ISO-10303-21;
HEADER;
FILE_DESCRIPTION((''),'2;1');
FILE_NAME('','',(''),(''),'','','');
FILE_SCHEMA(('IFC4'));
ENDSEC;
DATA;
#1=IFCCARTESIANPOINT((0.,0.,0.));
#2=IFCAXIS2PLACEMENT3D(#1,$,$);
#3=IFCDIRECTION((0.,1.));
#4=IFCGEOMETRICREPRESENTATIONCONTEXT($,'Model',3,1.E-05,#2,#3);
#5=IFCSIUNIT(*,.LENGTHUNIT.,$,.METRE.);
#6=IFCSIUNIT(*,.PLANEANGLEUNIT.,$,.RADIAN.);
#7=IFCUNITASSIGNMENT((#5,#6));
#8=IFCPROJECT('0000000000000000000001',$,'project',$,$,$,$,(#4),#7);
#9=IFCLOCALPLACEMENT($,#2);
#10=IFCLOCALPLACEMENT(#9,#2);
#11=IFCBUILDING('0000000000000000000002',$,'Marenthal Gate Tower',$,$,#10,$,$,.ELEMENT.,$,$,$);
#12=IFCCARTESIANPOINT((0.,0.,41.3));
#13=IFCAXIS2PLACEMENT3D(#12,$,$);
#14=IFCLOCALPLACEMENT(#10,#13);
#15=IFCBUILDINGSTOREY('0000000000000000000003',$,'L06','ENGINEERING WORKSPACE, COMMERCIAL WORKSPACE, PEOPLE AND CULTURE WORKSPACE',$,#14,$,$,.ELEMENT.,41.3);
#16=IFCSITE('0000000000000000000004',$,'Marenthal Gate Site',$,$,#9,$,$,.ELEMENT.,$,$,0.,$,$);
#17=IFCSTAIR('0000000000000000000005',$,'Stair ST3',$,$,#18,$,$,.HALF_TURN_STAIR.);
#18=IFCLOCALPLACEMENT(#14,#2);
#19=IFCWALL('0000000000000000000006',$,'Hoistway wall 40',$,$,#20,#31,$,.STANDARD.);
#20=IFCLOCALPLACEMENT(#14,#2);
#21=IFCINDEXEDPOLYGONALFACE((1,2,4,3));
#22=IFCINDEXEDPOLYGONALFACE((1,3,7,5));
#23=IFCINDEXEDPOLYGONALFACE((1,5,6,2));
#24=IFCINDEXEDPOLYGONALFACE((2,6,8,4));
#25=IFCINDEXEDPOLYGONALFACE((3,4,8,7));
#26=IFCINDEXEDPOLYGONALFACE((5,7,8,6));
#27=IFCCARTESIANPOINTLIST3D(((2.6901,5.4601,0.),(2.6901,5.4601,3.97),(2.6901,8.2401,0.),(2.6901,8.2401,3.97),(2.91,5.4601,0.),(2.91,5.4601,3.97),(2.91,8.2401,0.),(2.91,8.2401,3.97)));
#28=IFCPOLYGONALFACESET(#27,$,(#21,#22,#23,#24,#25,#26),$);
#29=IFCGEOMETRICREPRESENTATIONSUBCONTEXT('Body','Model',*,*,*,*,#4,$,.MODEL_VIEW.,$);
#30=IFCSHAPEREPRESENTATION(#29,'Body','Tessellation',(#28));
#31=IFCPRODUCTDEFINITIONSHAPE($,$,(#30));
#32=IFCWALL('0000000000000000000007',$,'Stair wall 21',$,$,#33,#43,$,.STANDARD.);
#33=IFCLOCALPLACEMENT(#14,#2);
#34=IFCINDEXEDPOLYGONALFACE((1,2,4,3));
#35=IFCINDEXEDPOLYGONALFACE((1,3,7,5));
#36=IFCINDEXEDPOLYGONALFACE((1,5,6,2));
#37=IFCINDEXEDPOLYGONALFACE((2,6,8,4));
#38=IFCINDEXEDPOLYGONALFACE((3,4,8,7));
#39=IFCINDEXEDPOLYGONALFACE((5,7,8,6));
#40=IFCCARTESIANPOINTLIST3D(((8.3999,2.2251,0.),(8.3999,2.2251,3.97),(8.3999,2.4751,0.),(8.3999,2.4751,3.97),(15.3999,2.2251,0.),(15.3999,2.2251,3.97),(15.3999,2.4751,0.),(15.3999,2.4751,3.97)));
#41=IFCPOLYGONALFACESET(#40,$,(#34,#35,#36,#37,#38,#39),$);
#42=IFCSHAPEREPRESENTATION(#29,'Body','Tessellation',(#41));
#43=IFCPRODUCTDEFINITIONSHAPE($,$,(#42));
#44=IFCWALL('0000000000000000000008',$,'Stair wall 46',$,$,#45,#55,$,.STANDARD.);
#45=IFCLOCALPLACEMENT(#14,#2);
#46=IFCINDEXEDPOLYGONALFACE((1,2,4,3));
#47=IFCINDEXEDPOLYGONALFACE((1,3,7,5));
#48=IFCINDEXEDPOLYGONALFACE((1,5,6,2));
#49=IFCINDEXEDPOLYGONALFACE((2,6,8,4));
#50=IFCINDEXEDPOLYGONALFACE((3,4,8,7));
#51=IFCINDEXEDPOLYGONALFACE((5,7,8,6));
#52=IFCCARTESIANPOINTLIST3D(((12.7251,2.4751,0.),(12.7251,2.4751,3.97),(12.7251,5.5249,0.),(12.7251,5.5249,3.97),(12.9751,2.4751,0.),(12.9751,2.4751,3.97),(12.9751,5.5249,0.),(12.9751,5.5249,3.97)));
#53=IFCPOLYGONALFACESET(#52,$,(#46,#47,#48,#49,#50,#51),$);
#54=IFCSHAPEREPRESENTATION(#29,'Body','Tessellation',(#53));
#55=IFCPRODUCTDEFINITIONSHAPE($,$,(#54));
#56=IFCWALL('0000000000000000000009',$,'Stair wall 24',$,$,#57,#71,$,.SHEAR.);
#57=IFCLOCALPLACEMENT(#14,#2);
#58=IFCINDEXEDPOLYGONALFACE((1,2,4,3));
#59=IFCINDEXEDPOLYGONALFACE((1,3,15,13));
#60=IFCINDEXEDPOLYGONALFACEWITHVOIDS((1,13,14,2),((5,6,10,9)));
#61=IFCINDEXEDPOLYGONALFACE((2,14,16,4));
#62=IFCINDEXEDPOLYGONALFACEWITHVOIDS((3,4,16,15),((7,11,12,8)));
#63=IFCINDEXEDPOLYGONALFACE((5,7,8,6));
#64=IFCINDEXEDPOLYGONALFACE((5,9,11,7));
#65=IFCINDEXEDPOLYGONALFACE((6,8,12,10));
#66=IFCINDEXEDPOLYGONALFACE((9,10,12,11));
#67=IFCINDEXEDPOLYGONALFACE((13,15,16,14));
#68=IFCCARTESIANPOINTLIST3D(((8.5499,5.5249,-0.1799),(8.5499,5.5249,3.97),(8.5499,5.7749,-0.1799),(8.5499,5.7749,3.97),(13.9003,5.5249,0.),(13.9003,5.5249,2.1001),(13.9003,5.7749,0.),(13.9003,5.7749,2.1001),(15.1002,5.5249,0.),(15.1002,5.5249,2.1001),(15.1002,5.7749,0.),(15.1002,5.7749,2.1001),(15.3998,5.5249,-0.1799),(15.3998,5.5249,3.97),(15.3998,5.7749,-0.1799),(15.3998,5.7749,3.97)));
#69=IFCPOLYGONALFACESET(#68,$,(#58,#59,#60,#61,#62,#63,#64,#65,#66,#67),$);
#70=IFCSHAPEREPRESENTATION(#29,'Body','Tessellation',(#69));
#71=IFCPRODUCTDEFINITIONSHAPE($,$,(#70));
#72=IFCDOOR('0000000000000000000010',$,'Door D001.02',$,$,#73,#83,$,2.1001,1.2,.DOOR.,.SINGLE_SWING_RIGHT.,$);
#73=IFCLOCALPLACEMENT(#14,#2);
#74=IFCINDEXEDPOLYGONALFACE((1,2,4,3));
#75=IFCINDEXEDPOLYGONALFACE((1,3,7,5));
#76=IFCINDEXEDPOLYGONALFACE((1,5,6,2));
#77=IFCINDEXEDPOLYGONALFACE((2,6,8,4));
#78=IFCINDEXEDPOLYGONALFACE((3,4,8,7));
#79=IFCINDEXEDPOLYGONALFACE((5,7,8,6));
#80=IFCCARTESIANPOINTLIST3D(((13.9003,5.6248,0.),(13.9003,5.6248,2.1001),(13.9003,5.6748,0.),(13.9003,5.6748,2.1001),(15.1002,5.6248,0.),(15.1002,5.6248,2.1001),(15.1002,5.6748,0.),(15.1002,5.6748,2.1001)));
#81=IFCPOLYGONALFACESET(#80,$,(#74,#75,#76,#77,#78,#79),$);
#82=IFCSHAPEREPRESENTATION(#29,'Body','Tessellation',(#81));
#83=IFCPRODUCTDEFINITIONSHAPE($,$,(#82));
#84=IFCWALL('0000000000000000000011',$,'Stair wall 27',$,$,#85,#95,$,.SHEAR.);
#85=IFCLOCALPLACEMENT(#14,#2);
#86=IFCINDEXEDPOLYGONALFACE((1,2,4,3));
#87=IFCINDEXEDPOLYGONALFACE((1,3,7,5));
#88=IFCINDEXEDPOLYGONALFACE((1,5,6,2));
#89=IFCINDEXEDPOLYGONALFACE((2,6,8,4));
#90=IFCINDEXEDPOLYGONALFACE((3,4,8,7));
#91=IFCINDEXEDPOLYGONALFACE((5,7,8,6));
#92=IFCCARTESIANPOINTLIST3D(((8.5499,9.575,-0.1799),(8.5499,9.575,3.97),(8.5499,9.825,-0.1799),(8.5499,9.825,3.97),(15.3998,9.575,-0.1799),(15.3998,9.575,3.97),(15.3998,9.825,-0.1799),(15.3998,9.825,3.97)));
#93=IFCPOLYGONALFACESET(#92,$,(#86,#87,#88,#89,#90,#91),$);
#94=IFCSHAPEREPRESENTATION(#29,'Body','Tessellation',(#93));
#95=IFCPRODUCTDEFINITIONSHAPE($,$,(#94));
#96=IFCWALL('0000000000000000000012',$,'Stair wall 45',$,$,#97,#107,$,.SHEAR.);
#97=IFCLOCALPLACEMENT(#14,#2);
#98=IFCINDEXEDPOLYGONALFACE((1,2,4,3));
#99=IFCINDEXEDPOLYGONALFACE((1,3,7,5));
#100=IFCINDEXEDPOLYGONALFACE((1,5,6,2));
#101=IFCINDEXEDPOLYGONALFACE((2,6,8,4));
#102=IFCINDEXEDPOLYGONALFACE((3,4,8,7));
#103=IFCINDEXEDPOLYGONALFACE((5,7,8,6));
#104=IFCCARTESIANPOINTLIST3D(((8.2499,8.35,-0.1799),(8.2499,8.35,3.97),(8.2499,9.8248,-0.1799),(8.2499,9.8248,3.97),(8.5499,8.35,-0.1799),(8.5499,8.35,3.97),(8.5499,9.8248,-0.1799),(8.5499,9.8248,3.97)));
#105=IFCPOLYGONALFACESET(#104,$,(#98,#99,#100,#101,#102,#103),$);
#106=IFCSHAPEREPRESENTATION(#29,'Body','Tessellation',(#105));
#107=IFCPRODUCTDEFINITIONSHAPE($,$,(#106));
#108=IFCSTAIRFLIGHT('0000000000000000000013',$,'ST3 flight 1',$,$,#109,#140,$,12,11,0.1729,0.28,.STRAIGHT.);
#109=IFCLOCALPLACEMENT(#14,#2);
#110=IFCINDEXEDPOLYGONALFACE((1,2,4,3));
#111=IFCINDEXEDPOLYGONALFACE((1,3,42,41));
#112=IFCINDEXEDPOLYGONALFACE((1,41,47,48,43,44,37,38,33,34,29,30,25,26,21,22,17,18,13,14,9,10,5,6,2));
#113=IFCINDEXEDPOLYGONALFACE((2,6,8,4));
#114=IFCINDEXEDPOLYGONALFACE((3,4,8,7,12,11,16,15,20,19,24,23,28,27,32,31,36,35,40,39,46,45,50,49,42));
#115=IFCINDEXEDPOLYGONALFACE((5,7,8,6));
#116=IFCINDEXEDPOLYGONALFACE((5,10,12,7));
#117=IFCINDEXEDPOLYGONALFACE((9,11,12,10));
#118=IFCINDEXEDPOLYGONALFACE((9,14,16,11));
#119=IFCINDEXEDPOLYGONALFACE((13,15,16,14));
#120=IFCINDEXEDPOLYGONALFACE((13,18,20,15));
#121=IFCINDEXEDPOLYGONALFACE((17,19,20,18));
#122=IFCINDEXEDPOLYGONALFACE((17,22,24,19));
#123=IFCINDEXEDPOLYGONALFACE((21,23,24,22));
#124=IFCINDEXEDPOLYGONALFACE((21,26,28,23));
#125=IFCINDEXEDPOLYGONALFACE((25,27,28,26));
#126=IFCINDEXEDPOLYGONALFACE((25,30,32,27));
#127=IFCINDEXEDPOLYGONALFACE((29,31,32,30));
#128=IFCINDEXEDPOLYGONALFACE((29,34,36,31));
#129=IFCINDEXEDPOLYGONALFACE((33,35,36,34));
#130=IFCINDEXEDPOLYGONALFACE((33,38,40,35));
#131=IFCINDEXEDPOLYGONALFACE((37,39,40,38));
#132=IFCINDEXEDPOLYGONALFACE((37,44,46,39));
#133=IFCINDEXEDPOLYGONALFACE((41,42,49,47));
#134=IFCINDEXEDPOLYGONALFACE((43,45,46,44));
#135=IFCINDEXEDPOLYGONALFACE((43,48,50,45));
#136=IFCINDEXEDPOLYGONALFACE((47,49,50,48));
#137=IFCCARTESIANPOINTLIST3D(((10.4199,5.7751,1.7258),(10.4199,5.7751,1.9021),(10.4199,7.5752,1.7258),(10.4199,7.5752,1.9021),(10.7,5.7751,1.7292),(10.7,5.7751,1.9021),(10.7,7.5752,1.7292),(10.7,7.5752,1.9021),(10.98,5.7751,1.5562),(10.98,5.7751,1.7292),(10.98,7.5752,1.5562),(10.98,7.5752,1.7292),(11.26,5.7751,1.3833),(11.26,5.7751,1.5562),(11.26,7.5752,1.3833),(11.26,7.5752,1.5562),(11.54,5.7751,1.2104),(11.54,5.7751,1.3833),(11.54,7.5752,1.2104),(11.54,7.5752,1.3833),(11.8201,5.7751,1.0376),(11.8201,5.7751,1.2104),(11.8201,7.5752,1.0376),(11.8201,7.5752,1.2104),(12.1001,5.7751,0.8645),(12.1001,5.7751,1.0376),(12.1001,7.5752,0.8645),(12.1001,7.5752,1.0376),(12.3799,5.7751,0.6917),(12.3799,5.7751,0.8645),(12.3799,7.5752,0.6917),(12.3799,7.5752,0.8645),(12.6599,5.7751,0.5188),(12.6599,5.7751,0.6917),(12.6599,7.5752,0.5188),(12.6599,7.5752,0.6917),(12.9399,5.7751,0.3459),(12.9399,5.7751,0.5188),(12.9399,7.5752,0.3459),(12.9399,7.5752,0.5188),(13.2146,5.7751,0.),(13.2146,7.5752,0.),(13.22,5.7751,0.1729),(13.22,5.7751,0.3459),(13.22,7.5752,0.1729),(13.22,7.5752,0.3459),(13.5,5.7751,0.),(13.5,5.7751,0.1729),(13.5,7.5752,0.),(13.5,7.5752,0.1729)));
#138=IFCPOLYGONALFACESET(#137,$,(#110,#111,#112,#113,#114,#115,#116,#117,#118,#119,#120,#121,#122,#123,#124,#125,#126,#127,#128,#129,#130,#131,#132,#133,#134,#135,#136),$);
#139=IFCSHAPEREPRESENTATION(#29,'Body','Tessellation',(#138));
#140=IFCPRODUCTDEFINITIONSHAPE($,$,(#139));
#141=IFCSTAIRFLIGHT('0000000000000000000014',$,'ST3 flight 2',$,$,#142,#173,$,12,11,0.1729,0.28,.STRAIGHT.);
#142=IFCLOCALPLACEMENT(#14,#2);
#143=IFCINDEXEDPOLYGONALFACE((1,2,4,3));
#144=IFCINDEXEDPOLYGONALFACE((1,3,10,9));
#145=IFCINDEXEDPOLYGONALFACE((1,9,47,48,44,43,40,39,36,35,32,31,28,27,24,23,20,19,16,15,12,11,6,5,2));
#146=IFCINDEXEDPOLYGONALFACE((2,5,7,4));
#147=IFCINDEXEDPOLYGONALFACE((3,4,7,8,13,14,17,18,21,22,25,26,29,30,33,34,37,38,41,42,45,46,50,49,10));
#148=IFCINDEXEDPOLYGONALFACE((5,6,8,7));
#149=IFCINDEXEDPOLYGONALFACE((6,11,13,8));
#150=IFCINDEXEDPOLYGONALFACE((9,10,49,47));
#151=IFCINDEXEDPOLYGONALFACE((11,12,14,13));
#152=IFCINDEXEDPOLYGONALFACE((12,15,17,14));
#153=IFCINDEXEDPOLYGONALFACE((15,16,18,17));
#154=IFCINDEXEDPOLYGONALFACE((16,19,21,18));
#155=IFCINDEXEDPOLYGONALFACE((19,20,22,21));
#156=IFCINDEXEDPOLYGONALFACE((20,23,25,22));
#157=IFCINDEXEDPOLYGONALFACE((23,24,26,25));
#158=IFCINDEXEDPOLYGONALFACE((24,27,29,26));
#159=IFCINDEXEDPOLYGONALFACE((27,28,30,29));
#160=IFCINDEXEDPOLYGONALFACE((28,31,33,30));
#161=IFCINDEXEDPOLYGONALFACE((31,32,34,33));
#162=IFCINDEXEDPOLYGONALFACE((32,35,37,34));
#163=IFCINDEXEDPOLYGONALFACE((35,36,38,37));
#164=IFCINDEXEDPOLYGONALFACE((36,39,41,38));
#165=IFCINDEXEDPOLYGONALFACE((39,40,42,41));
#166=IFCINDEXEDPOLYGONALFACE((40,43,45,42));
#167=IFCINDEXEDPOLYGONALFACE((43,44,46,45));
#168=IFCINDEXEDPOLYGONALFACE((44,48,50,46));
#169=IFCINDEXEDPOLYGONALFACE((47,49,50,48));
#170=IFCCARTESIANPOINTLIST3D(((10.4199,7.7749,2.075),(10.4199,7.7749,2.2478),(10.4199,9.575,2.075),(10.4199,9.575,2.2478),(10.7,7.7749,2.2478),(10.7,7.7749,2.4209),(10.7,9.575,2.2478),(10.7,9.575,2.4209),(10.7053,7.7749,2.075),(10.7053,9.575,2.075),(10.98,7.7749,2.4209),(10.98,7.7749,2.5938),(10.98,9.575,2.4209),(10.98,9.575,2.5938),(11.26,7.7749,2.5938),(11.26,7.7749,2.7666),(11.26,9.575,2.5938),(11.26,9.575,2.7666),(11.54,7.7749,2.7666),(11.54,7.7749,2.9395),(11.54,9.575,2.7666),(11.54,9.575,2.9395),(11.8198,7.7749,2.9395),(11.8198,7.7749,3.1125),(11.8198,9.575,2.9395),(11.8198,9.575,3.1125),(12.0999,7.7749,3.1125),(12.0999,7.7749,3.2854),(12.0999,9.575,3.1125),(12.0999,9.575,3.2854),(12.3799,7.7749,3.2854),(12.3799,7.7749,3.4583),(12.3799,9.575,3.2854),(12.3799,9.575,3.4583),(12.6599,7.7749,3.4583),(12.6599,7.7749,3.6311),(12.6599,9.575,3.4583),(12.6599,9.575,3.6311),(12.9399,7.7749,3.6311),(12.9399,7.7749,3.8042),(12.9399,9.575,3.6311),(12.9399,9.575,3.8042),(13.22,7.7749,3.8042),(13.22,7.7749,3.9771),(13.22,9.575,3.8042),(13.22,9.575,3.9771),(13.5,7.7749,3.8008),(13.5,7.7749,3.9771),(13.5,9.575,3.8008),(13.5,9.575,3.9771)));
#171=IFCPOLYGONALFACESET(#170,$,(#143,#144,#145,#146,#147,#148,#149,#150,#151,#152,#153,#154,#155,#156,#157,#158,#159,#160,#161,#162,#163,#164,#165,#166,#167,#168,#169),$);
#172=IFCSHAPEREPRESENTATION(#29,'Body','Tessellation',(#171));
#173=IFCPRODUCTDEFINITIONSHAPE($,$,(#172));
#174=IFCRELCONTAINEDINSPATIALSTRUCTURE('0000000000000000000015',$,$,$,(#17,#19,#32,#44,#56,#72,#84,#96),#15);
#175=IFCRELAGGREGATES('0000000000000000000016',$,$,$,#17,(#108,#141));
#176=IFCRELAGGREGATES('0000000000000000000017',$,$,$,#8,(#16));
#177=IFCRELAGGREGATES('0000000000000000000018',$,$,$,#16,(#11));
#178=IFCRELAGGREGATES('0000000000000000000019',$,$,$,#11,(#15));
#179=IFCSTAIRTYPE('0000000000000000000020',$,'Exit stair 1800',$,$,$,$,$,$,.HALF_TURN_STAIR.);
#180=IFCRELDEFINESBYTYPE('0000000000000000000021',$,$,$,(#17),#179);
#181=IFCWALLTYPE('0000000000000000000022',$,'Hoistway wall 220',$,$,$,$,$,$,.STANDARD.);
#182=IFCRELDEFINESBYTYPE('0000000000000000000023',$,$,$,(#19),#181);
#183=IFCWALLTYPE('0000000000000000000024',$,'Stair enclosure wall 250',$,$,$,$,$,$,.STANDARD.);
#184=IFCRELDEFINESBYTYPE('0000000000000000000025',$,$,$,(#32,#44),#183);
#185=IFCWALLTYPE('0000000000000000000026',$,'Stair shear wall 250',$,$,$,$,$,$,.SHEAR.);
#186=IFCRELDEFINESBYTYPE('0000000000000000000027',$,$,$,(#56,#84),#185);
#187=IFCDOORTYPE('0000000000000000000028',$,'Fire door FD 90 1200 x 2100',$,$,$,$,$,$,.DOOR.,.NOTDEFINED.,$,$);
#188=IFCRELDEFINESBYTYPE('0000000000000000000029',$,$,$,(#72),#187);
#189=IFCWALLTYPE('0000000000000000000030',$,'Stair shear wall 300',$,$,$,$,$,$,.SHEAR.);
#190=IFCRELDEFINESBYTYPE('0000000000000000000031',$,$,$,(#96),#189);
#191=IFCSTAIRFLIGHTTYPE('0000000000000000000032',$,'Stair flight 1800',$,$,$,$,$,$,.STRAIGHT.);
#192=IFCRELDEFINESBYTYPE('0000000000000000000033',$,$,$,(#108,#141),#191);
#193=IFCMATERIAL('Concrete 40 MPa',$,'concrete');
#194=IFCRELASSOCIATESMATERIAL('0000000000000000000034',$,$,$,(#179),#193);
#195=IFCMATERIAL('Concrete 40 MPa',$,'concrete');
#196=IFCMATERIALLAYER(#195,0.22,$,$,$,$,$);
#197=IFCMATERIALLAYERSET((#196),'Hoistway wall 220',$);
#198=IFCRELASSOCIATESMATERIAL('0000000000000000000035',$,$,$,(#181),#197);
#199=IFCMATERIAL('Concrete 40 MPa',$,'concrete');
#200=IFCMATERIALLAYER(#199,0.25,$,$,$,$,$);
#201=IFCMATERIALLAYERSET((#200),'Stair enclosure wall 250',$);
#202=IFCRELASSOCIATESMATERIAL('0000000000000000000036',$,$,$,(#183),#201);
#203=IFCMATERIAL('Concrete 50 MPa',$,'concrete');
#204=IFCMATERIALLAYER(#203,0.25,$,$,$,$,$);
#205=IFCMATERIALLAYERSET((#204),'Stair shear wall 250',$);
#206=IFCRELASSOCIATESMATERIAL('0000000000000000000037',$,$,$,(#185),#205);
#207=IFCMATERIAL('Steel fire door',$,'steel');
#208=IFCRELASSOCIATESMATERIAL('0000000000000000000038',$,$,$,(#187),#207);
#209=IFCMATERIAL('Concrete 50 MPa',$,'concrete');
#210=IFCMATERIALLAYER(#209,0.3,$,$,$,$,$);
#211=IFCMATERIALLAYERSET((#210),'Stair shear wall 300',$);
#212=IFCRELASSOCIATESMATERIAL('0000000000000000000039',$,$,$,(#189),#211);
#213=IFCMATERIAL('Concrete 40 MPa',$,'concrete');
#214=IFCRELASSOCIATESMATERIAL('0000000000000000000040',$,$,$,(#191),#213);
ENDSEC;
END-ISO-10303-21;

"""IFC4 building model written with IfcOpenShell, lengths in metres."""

from ifc_helpers import new_model, si_unit, direction, frame, frame_2d, origin, place, context, subcontext, project, spatial, polyline, rectangle, outline, extrude, material, layer, layer_set, type_object, element, fill, aggregate, save


model = new_model("IFC4")

# Units and contexts
model_context = context("Model", 3, precision=1e-05, world=origin(), true_north=direction((0.0, 1.0)))
body_context = subcontext(model_context, "Body", "Model", "MODEL_VIEW")
ifc_project = project(units=[si_unit("LENGTHUNIT", "METRE"), si_unit("PLANEANGLEUNIT", "RADIAN")], contexts=[model_context])

# Site, building, storey
site_placement = place(None, origin())
site = spatial("IfcSite", under=ifc_project, at=site_placement, Name="Marenthal Gate Site", CompositionType="ELEMENT", RefElevation=0.0)
building_placement = place(site_placement, origin())
building = spatial("IfcBuilding", under=site, at=building_placement, Name="Marenthal Gate Tower", CompositionType="ELEMENT")
storey_placement = place(building_placement, frame((0.0, 0.0, 41.3)))
storey = spatial("IfcBuildingStorey", under=building, at=storey_placement, Name="L06", Description="ENGINEERING WORKSPACE, COMMERCIAL WORKSPACE, PEOPLE AND CULTURE WORKSPACE", CompositionType="ELEMENT", Elevation=41.3)

# Stair
ifc_material_1 = material(Name="Concrete 40 MPa", Category="concrete")
stair_type = type_object("IfcStairType", Name="Exit stair 1800", PredefinedType="HALF_TURN_STAIR", material=ifc_material_1)
stair_1_placement = place(storey_placement, origin())
stair_1 = element("IfcStair", 1, at=stair_1_placement, inside=storey, type_object=stair_type, Name="Stair ST3", PredefinedType="HALF_TURN_STAIR")

# Walls
ifc_material_2 = material(Name="Concrete 40 MPa", Category="concrete")
ifc_layer_1 = layer(ifc_material_2, 0.22)
ifc_layer_set_1 = layer_set([ifc_layer_1], Name="Hoistway wall 220")
wall_type_1 = type_object("IfcWallType", Name="Hoistway wall 220", PredefinedType="STANDARD", material=ifc_layer_set_1)
wall_1_placement = place(storey_placement, frame((2.8, 5.46, 0.0), z_axis=(0.0, 0.0, 1.0), x_axis=(0.0, 1.0, 0.0)))
element("IfcWall", 2, at=wall_1_placement, inside=storey, type_object=wall_type_1, Name="Hoistway wall 40", PredefinedType="STANDARD", context=body_context, shape_type="SweptSolid", body=[
    extrude(rectangle(XDim=2.78, YDim=0.22, at=frame_2d((1.3901, 0.0))), origin(), (0.0, 0.0, 1.0), 3.97),
])
ifc_material_3 = material(Name="Concrete 40 MPa", Category="concrete")
ifc_layer_2 = layer(ifc_material_3, 0.25)
ifc_layer_set_2 = layer_set([ifc_layer_2], Name="Stair enclosure wall 250")
wall_type_2 = type_object("IfcWallType", Name="Stair enclosure wall 250", PredefinedType="STANDARD", material=ifc_layer_set_2)
wall_2_placement = place(storey_placement, frame((8.3999, 2.3501, 0.0), z_axis=(0.0, 0.0, 1.0), x_axis=(1.0, 0.0, 0.0)))
element("IfcWall", 3, at=wall_2_placement, inside=storey, type_object=wall_type_2, Name="Stair wall 21", PredefinedType="STANDARD", context=body_context, shape_type="SweptSolid", body=[
    extrude(rectangle(XDim=7.0, YDim=0.25, at=frame_2d((3.5, 0.0))), origin(), (0.0, 0.0, 1.0), 3.97),
])
wall_3_placement = place(storey_placement, frame((12.8501, 2.4751, 0.0), z_axis=(0.0, 0.0, 1.0), x_axis=(0.0, 1.0, 0.0)))
element("IfcWall", 4, at=wall_3_placement, inside=storey, type_object=wall_type_2, Name="Stair wall 46", PredefinedType="STANDARD", context=body_context, shape_type="SweptSolid", body=[
    extrude(rectangle(XDim=3.0498, YDim=0.25, at=frame_2d((1.5249, 0.0))), origin(), (0.0, 0.0, 1.0), 3.97),
])

# Wall, opening, door
ifc_material_4 = material(Name="Concrete 50 MPa", Category="concrete")
ifc_layer_3 = layer(ifc_material_4, 0.25)
ifc_layer_set_3 = layer_set([ifc_layer_3], Name="Stair shear wall 250")
wall_type_3 = type_object("IfcWallType", Name="Stair shear wall 250", PredefinedType="SHEAR", material=ifc_layer_set_3)
wall_4_placement = place(storey_placement, frame((8.55, 5.6499, -0.1799), z_axis=(0.0, 0.0, 1.0), x_axis=(1.0, 0.0, 0.0)))
wall_4 = element("IfcWall", 5, at=wall_4_placement, inside=storey, type_object=wall_type_3, Name="Stair wall 24", PredefinedType="SHEAR", context=body_context, shape_type="SweptSolid", body=[
    extrude(rectangle(XDim=6.8499, YDim=0.25, at=frame_2d((3.4248, 0.0))), origin(), (0.0, 0.0, 1.0), 4.1499),
])
opening_1_placement = place(wall_4_placement, frame((5.3501, 0.0, 0.1799)))
opening_1 = element("IfcOpeningElement", 6, at=opening_1_placement, cuts=wall_4, PredefinedType="OPENING", context=body_context, shape_type="SweptSolid", body=[
    extrude(rectangle(XDim=1.2, YDim=2.1001, at=frame_2d((0.6001, 1.05))), frame((0.0, 0.135, 0.0), z_axis=(0.0, -1.0, 0.0), x_axis=(1.0, 0.0, 0.0)), (0.0, 0.0, 1.0), 0.27),
])
ifc_material_5 = material(Name="Steel fire door", Category="steel")
door_type_1 = type_object("IfcDoorType", Name="Fire door FD 90 1200 x 2100", OperationType="NOTDEFINED", PredefinedType="DOOR", material=ifc_material_5)
door_1_placement = place(opening_1_placement, origin())
door_1 = element("IfcDoor", 7, at=door_1_placement, inside=storey, type_object=door_type_1, Name="Door D001.02", OperationType="SINGLE_SWING_RIGHT", OverallHeight=2.1001, OverallWidth=1.2, PredefinedType="DOOR", context=body_context, shape_type="SweptSolid", body=[
    extrude(rectangle(XDim=1.2, YDim=2.1001, at=frame_2d((0.6001, 1.05))), frame((0.0, 0.0249, 0.0), z_axis=(0.0, -1.0, 0.0), x_axis=(1.0, 0.0, 0.0)), (0.0, 0.0, 1.0), 0.05),
])
fill(opening_1, door_1)

# Walls
wall_5_placement = place(storey_placement, frame((8.55, 9.7, -0.1799), z_axis=(0.0, 0.0, 1.0), x_axis=(1.0, 0.0, 0.0)))
element("IfcWall", 8, at=wall_5_placement, inside=storey, type_object=wall_type_3, Name="Stair wall 27", PredefinedType="SHEAR", context=body_context, shape_type="SweptSolid", body=[
    extrude(rectangle(XDim=6.8499, YDim=0.25, at=frame_2d((3.4248, 0.0))), origin(), (0.0, 0.0, 1.0), 4.1499),
])
ifc_material_6 = material(Name="Concrete 50 MPa", Category="concrete")
ifc_layer_4 = layer(ifc_material_6, 0.3)
ifc_layer_set_4 = layer_set([ifc_layer_4], Name="Stair shear wall 300")
wall_type_4 = type_object("IfcWallType", Name="Stair shear wall 300", PredefinedType="SHEAR", material=ifc_layer_set_4)
wall_6_placement = place(storey_placement, frame((8.3999, 8.3501, -0.1799), z_axis=(0.0, 0.0, 1.0), x_axis=(0.0, 1.0, 0.0)))
element("IfcWall", 9, at=wall_6_placement, inside=storey, type_object=wall_type_4, Name="Stair wall 45", PredefinedType="SHEAR", context=body_context, shape_type="SweptSolid", body=[
    extrude(rectangle(XDim=1.4749, YDim=0.3, at=frame_2d((0.7373, 0.0))), origin(), (0.0, 0.0, 1.0), 4.1499),
])

# Stair flights
ifc_material_7 = material(Name="Concrete 40 MPa", Category="concrete")
stair_flight_type = type_object("IfcStairFlightType", Name="Stair flight 1800", PredefinedType="STRAIGHT", material=ifc_material_7)
stair_flight_1_placement = place(storey_placement, frame((13.5, 6.675, 0.0), z_axis=(0.0, 0.0, 1.0), x_axis=(-1.0, 0.0, 0.0)))
stair_flight_1 = element("IfcStairFlight", 10, at=stair_flight_1_placement, type_object=stair_flight_type, Name="ST3 flight 1", NumberOfRisers=12, NumberOfTreads=11, PredefinedType="STRAIGHT", RiserHeight=0.1729, TreadLength=0.28, context=body_context, shape_type="SweptSolid", body=[
    extrude(outline(polyline([(0.0, 0.0), (0.0, 0.1729), (0.28, 0.1729), (0.28, 0.3459), (0.5601, 0.3459), (0.5601, 0.5188), (0.8401, 0.5188), (0.8401, 0.6917), (1.1201, 0.6917), (1.1201, 0.8645), (1.3999, 0.8645), (1.3999, 1.0376), (1.6799, 1.0376), (1.6799, 1.2104), (1.96, 1.2104), (1.96, 1.3833), (2.24, 1.3833), (2.24, 1.5562), (2.52, 1.5562), (2.52, 1.7292), (2.8, 1.7292), (2.8, 1.9021), (3.0801, 1.9021), (3.0801, 2.075), (3.0801, 1.7258), (0.2854, 0.0), (0.0, 0.0)])), frame((0.0, 0.8999, 0.0), z_axis=(0.0, -1.0, 0.0), x_axis=(1.0, 0.0, 0.0)), (0.0, 0.0, 1.0), 1.8),
])
stair_flight_2_placement = place(storey_placement, frame((10.4199, 8.675, 2.075), z_axis=(0.0, 0.0, 1.0), x_axis=(1.0, 0.0, 0.0)))
stair_flight_2 = element("IfcStairFlight", 11, at=stair_flight_2_placement, type_object=stair_flight_type, Name="ST3 flight 2", NumberOfRisers=12, NumberOfTreads=11, PredefinedType="STRAIGHT", RiserHeight=0.1729, TreadLength=0.28, context=body_context, shape_type="SweptSolid", body=[
    extrude(outline(polyline([(0.0, 0.0), (0.0, 0.1729), (0.28, 0.1729), (0.28, 0.3459), (0.5601, 0.3459), (0.5601, 0.5188), (0.8401, 0.5188), (0.8401, 0.6917), (1.1201, 0.6917), (1.1201, 0.8645), (1.3999, 0.8645), (1.3999, 1.0376), (1.6799, 1.0376), (1.6799, 1.2104), (1.96, 1.2104), (1.96, 1.3833), (2.24, 1.3833), (2.24, 1.5562), (2.52, 1.5562), (2.52, 1.7292), (2.8, 1.7292), (2.8, 1.9021), (3.0801, 1.9021), (3.0801, 2.075), (3.0801, 1.7258), (0.2854, 0.0), (0.0, 0.0)])), frame((0.0, 0.8999, 0.0), z_axis=(0.0, -1.0, 0.0), x_axis=(1.0, 0.0, 0.0)), (0.0, 0.0, 1.0), 1.8),
])
aggregate(stair_1, [stair_flight_1, stair_flight_2])

save(model, "model.ifc")
